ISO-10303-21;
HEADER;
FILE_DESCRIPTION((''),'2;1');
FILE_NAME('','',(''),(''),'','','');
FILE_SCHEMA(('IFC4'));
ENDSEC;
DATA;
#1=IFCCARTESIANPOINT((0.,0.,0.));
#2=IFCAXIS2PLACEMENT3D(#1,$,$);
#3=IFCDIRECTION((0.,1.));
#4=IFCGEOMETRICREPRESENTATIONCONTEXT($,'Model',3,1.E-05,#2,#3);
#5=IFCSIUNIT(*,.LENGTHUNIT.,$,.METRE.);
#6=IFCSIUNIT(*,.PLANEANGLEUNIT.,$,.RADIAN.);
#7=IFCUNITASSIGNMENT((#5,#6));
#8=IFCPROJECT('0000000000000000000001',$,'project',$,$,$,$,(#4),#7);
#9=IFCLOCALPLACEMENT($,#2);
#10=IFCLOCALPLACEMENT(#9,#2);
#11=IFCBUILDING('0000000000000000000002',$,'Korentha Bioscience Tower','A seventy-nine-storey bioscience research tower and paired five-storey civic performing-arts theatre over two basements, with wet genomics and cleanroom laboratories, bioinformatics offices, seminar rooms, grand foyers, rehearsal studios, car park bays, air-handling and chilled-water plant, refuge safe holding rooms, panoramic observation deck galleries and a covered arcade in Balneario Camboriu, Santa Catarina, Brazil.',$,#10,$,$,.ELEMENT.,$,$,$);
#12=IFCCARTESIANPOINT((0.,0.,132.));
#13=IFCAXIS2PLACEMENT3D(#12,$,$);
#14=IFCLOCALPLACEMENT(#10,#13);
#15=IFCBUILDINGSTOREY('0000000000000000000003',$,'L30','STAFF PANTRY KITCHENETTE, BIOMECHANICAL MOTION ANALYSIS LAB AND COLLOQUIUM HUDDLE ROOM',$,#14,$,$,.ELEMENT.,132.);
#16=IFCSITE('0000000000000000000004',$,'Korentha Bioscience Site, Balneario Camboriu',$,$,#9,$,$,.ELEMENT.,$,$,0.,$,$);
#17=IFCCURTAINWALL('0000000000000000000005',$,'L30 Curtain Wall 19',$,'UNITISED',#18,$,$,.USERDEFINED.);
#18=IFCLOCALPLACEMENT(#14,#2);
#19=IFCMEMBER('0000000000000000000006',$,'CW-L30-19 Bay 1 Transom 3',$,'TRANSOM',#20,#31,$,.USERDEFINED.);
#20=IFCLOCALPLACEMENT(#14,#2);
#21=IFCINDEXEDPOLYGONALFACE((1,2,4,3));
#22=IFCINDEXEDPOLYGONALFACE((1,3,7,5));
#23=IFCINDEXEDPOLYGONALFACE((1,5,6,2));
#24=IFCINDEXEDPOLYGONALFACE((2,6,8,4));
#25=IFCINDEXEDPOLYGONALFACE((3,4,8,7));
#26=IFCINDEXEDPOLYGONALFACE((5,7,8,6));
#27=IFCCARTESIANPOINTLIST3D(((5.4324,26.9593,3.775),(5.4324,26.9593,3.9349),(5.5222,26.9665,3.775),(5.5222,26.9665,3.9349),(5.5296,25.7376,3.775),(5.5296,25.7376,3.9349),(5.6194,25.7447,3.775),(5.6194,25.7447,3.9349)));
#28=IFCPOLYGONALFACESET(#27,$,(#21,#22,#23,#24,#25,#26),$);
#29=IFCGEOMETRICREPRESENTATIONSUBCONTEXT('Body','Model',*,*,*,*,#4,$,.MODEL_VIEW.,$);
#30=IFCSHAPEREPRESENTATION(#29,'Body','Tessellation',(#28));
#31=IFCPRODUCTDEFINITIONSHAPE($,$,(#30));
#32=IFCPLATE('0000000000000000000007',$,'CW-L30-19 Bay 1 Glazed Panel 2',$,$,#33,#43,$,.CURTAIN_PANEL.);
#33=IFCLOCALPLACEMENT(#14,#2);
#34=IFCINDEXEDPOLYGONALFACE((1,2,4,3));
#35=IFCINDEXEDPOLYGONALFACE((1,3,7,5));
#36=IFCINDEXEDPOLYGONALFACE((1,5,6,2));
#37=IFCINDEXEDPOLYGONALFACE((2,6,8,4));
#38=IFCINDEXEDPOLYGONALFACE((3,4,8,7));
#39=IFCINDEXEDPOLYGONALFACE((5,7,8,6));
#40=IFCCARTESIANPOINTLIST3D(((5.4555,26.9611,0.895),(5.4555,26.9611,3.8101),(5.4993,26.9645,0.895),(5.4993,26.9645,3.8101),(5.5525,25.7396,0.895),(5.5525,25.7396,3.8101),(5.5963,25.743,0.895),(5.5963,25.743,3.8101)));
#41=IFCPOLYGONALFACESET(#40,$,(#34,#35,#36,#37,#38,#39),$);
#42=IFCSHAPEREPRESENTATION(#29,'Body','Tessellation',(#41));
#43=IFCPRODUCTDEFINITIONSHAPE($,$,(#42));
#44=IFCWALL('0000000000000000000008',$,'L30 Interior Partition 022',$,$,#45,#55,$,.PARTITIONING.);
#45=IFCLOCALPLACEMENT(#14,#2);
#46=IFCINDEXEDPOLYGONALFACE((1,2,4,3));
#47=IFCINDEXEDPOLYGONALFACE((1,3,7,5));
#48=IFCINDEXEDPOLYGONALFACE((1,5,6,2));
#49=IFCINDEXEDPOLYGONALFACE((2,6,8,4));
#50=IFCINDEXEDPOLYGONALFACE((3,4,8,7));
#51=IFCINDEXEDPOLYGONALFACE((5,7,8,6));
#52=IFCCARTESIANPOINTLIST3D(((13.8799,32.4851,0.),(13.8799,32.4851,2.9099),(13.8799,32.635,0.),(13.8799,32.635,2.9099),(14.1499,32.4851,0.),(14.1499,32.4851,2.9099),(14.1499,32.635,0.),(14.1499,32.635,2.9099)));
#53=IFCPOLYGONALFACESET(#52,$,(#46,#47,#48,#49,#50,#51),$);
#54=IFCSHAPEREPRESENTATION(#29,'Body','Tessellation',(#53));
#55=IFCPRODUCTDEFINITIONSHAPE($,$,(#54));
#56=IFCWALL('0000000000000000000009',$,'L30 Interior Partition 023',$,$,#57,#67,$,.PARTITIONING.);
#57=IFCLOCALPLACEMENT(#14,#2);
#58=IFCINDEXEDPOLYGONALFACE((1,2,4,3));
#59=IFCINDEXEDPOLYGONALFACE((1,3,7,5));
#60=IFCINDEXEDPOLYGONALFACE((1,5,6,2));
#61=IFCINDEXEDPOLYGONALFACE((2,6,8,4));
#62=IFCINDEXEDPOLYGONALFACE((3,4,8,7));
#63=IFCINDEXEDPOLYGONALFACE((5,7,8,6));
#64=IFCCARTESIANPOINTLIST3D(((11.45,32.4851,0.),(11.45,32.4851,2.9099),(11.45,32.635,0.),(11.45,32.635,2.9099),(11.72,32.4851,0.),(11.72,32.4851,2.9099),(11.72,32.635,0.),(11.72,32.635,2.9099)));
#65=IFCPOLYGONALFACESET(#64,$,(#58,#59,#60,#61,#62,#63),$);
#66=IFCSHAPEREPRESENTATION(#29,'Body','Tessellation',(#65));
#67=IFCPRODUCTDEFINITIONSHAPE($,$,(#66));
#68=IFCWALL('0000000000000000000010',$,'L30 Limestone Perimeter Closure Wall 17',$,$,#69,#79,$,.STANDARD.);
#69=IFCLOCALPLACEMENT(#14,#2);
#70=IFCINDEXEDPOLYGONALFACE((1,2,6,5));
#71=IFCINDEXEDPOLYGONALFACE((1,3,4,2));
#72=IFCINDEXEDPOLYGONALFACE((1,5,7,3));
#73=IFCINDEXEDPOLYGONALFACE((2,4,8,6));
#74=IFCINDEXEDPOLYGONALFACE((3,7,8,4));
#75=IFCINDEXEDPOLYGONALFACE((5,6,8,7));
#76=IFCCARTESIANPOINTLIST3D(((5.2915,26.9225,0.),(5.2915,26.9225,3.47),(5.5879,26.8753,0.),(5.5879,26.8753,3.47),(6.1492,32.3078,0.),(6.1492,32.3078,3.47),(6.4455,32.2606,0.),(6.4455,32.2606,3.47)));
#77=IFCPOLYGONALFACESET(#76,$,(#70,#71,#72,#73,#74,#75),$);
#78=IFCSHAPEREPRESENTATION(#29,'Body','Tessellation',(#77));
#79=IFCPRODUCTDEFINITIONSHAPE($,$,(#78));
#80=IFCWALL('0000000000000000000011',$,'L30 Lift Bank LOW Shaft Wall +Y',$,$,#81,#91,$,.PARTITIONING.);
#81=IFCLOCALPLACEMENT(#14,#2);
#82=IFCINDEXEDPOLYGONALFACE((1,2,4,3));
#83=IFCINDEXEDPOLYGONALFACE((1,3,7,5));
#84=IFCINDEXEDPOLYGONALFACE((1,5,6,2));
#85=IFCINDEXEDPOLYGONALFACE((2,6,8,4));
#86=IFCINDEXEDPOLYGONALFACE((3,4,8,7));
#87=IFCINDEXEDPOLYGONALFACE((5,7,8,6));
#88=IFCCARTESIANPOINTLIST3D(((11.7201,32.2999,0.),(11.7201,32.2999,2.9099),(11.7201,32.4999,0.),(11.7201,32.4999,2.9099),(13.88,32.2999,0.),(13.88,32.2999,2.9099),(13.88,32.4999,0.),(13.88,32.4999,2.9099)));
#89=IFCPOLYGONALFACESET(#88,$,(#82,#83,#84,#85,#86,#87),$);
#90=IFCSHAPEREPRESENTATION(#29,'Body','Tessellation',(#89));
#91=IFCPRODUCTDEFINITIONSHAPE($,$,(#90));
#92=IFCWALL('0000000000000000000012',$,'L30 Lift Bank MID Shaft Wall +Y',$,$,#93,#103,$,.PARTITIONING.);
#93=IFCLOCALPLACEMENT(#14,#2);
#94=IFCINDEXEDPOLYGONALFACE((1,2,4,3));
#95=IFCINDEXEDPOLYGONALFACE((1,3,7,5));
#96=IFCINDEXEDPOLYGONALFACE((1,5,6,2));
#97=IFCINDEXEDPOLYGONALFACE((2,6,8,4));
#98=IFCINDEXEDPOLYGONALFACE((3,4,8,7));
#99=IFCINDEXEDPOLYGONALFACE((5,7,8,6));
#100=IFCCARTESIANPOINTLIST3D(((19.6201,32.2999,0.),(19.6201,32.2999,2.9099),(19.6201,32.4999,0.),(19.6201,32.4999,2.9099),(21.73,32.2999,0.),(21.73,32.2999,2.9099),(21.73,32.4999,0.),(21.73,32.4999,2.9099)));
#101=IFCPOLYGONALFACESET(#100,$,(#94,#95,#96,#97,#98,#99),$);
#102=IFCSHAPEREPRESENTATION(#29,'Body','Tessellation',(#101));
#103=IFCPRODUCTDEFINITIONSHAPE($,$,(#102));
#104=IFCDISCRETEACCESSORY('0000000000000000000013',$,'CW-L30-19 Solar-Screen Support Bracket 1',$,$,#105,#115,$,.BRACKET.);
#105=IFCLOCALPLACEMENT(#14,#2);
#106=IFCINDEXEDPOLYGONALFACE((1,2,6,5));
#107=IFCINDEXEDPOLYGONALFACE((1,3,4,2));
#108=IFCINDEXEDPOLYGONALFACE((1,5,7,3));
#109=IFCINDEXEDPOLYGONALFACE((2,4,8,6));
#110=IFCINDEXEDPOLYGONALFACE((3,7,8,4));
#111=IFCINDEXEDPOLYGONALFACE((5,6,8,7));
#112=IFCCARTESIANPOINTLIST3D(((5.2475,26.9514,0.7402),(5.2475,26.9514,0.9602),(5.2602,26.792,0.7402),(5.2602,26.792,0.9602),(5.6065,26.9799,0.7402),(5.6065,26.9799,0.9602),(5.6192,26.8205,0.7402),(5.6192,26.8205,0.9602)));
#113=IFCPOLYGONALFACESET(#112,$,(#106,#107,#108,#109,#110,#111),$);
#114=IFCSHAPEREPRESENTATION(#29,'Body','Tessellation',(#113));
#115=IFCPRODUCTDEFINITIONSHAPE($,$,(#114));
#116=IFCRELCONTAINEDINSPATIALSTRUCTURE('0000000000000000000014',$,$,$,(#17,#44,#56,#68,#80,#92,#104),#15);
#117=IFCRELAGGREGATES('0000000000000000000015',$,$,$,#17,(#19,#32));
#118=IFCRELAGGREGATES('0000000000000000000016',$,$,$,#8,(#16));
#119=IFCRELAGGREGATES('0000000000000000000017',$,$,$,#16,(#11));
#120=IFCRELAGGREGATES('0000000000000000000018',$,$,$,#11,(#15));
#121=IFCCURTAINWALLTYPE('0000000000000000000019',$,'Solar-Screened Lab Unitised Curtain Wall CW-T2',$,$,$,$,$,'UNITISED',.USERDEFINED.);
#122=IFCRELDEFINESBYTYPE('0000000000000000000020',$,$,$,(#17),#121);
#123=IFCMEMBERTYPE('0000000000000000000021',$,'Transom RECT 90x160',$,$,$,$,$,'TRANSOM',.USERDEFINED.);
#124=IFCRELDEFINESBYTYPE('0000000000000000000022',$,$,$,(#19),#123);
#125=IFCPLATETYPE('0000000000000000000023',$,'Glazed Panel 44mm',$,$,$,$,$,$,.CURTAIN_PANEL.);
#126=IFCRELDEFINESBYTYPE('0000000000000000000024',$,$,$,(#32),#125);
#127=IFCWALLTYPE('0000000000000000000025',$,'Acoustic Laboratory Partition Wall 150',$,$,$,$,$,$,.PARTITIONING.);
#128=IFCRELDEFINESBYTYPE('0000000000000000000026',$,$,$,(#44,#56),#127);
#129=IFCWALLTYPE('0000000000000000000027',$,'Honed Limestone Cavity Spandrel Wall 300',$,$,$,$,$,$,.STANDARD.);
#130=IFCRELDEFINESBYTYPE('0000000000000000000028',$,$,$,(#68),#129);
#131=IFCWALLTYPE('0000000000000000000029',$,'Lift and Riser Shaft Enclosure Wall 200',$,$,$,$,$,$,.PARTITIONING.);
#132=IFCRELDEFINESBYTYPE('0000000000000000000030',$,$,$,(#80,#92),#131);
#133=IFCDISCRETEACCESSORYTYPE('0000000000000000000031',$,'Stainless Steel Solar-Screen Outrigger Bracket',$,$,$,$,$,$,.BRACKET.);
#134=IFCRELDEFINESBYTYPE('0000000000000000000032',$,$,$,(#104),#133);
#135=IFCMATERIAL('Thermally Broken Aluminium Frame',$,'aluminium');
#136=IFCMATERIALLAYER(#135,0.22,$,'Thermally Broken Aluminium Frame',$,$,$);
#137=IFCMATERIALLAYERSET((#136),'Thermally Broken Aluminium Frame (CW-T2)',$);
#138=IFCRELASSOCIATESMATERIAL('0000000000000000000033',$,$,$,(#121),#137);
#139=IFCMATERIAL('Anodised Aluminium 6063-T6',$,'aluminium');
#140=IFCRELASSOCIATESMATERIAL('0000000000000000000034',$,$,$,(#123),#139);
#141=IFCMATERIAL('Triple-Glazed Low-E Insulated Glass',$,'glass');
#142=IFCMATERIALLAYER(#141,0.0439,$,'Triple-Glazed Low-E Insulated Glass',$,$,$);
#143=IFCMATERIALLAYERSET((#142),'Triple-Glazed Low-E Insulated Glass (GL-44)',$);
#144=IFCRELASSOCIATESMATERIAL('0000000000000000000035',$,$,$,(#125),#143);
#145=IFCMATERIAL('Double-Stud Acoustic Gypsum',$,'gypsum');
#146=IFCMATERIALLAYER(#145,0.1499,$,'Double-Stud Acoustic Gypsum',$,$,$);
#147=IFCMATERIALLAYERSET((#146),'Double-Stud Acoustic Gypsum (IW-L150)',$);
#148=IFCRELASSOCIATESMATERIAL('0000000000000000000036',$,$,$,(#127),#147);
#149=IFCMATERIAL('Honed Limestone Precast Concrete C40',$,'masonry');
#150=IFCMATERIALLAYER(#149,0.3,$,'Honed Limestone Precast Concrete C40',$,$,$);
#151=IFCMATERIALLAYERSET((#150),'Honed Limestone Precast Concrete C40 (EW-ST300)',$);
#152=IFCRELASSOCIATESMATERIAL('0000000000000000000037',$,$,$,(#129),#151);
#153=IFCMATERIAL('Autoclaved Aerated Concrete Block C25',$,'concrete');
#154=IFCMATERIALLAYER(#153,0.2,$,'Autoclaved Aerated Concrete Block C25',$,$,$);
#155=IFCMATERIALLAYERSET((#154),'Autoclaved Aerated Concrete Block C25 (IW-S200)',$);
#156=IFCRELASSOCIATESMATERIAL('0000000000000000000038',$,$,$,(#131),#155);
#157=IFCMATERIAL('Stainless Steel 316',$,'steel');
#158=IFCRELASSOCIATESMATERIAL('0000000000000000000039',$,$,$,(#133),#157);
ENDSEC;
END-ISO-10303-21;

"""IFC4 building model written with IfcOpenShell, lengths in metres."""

from ifc_helpers import new_model, si_unit, direction, frame, frame_2d, origin, origin_2d, place, context, subcontext, project, spatial, rectangle, extrude, material, layer, layer_set, material_profile, profile_set, type_object, element, aggregate, save


model = new_model("IFC4")

# Units and contexts
model_context = context("Model", 3, precision=1e-05, world=origin(), true_north=direction((0.0, 1.0)))
body_context = subcontext(model_context, "Body", "Model", "MODEL_VIEW")
ifc_project = project(units=[si_unit("LENGTHUNIT", "METRE"), si_unit("PLANEANGLEUNIT", "RADIAN")], contexts=[model_context])

# Site, building, storey
site_placement = place(None, origin())
site = spatial("IfcSite", under=ifc_project, at=site_placement, Name="Korentha Bioscience Site, Balneario Camboriu", CompositionType="ELEMENT", RefElevation=0.0)
building_placement = place(site_placement, origin())
building = spatial("IfcBuilding", under=site, at=building_placement, Name="Korentha Bioscience Tower", Description="A seventy-nine-storey bioscience research tower and paired five-storey civic performing-arts theatre over two basements, with wet genomics and cleanroom laboratories, bioinformatics offices, seminar rooms, grand foyers, rehearsal studios, car park bays, air-handling and chilled-water plant, refuge safe holding rooms, panoramic observation deck galleries and a covered arcade in Balneario Camboriu, Santa Catarina, Brazil.", CompositionType="ELEMENT")
storey_placement = place(building_placement, frame((0.0, 0.0, 132.0)))
storey = spatial("IfcBuildingStorey", under=building, at=storey_placement, Name="L30", Description="STAFF PANTRY KITCHENETTE, BIOMECHANICAL MOTION ANALYSIS LAB AND COLLOQUIUM HUDDLE ROOM", CompositionType="ELEMENT", Elevation=132.0)

# Curtain wall
ifc_material_1 = material(Name="Thermally Broken Aluminium Frame", Category="aluminium")
ifc_layer_1 = layer(ifc_material_1, 0.22, Name="Thermally Broken Aluminium Frame")
ifc_layer_set_1 = layer_set([ifc_layer_1], Name="Thermally Broken Aluminium Frame (CW-T2)")
curtain_wall_type = type_object("IfcCurtainWallType", Name="Solar-Screened Lab Unitised Curtain Wall CW-T2", ElementType="UNITISED", PredefinedType="USERDEFINED", material=ifc_layer_set_1)
curtain_wall_placement = place(storey_placement, origin())
curtain_wall = element("IfcCurtainWall", 1, at=curtain_wall_placement, inside=storey, type_object=curtain_wall_type, Name="L30 Curtain Wall 19", ObjectType="UNITISED", PredefinedType="USERDEFINED")
ifc_material_2 = material(Name="Anodised Aluminium 6063-T6", Category="aluminium")

# Member
ifc_material_profile_1 = material_profile(ifc_material_2, rectangle(XDim=0.0901, YDim=0.1599, at=origin_2d()), Name="Anodised Aluminium 6063-T6")
ifc_profile_set_1 = profile_set([ifc_material_profile_1], Name="Anodised Aluminium 6063-T6 (CW-TRN)")
member_type_1 = type_object("IfcMemberType", Name="Transom RECT 90x160", ElementType="TRANSOM", PredefinedType="USERDEFINED", material=ifc_profile_set_1)
member_1_placement = place(storey_placement, frame((5.4773, 26.9629, 3.855), z_axis=(0.079286, -0.996852, 0.0), x_axis=(0.996852, 0.079286, 0.0)))
member_1 = element("IfcMember", 2, at=member_1_placement, type_object=member_type_1, Name="CW-L30-19 Bay 1 Transom 3", ObjectType="TRANSOM", PredefinedType="USERDEFINED", context=body_context, shape_type="SweptSolid", body=[
    extrude(rectangle(XDim=0.0901, YDim=0.1599, at=origin_2d()), origin(), (0.0, 0.0, 1.0), 1.2256),
])

# Plate
ifc_material_3 = material(Name="Triple-Glazed Low-E Insulated Glass", Category="glass")
ifc_layer_2 = layer(ifc_material_3, 0.0439, Name="Triple-Glazed Low-E Insulated Glass")
ifc_layer_set_2 = layer_set([ifc_layer_2], Name="Triple-Glazed Low-E Insulated Glass (GL-44)")
plate_type = type_object("IfcPlateType", Name="Glazed Panel 44mm", PredefinedType="CURTAIN_PANEL", material=ifc_layer_set_2)
plate_placement = place(storey_placement, frame((5.5259, 26.3521, 0.895), z_axis=(0.0, 0.0, 1.0), x_axis=(0.07913, -0.996864, 0.0)))
plate = element("IfcPlate", 3, at=plate_placement, type_object=plate_type, Name="CW-L30-19 Bay 1 Glazed Panel 2", PredefinedType="CURTAIN_PANEL", context=body_context, shape_type="SweptSolid", body=[
    extrude(rectangle(XDim=1.2253, YDim=0.0439, at=origin_2d()), origin(), (0.0, 0.0, 1.0), 2.915),
])
aggregate(curtain_wall, [member_1, plate])

# Walls
ifc_material_4 = material(Name="Double-Stud Acoustic Gypsum", Category="gypsum")
ifc_layer_3 = layer(ifc_material_4, 0.1499, Name="Double-Stud Acoustic Gypsum")
ifc_layer_set_3 = layer_set([ifc_layer_3], Name="Double-Stud Acoustic Gypsum (IW-L150)")
wall_type_1 = type_object("IfcWallType", Name="Acoustic Laboratory Partition Wall 150", PredefinedType="PARTITIONING", material=ifc_layer_set_3)
for number, where, z_axis, x_axis, name in (
    (4, (14.1499, 32.5601, 0.0), (0.0, 0.0, 1.0), (-1.0, 0.0, 0.0), "L30 Interior Partition 022"),
    (5, (11.72, 32.5601, 0.0), (0.0, 0.0, 1.0), (-1.0, 0.0, 0.0), "L30 Interior Partition 023"),
):
    element("IfcWall", number, at=place(storey_placement, frame(where, z_axis=z_axis, x_axis=x_axis)), inside=storey, type_object=wall_type_1, Name=name, PredefinedType="PARTITIONING", context=body_context, shape_type="SweptSolid", body=[
        extrude(rectangle(XDim=0.27, YDim=0.1499, at=frame_2d((0.135, 0.0))), origin(), (0.0, 0.0, 1.0), 2.9099),
    ])
ifc_material_5 = material(Name="Honed Limestone Precast Concrete C40", Category="masonry")
ifc_layer_4 = layer(ifc_material_5, 0.3, Name="Honed Limestone Precast Concrete C40")
ifc_layer_set_4 = layer_set([ifc_layer_4], Name="Honed Limestone Precast Concrete C40 (EW-ST300)")
wall_type_2 = type_object("IfcWallType", Name="Honed Limestone Cavity Spandrel Wall 300", PredefinedType="STANDARD", material=ifc_layer_set_4)
wall_1_placement = place(storey_placement, frame((6.2974, 32.2842, 0.0), z_axis=(0.0, 0.0, 1.0), x_axis=(-0.15728, -0.987554, 0.0)))
element("IfcWall", 6, at=wall_1_placement, inside=storey, type_object=wall_type_2, Name="L30 Limestone Perimeter Closure Wall 17", PredefinedType="STANDARD", context=body_context, shape_type="SweptSolid", body=[
    extrude(rectangle(XDim=5.4531, YDim=0.3, at=frame_2d((2.7266, 0.0))), origin(), (0.0, 0.0, 1.0), 3.47),
])
ifc_material_6 = material(Name="Autoclaved Aerated Concrete Block C25", Category="concrete")
ifc_layer_5 = layer(ifc_material_6, 0.2, Name="Autoclaved Aerated Concrete Block C25")
ifc_layer_set_5 = layer_set([ifc_layer_5], Name="Autoclaved Aerated Concrete Block C25 (IW-S200)")
wall_type_3 = type_object("IfcWallType", Name="Lift and Riser Shaft Enclosure Wall 200", PredefinedType="PARTITIONING", material=ifc_layer_set_5)
wall_2_placement = place(storey_placement, frame((11.72, 32.3999, 0.0), z_axis=(0.0, 0.0, 1.0), x_axis=(1.0, 0.0, 0.0)))
element("IfcWall", 7, at=wall_2_placement, inside=storey, type_object=wall_type_3, Name="L30 Lift Bank LOW Shaft Wall +Y", PredefinedType="PARTITIONING", context=body_context, shape_type="SweptSolid", body=[
    extrude(rectangle(XDim=2.1599, YDim=0.2, at=frame_2d((1.0801, 0.0))), origin(), (0.0, 0.0, 1.0), 2.9099),
])
wall_3_placement = place(storey_placement, frame((19.6201, 32.3999, 0.0), z_axis=(0.0, 0.0, 1.0), x_axis=(1.0, 0.0, 0.0)))
element("IfcWall", 8, at=wall_3_placement, inside=storey, type_object=wall_type_3, Name="L30 Lift Bank MID Shaft Wall +Y", PredefinedType="PARTITIONING", context=body_context, shape_type="SweptSolid", body=[
    extrude(rectangle(XDim=2.1099, YDim=0.2, at=frame_2d((1.0549, 0.0))), origin(), (0.0, 0.0, 1.0), 2.9099),
])

# Discrete accessory
ifc_material_7 = material(Name="Stainless Steel 316", Category="steel")
discrete_accessory_type = type_object("IfcDiscreteAccessoryType", Name="Stainless Steel Solar-Screen Outrigger Bracket", PredefinedType="BRACKET", material=ifc_material_7)
discrete_accessory_placement = place(storey_placement, frame((5.4333, 26.886, 0.7402), z_axis=(0.0, 0.0, 1.0), x_axis=(0.07913, -0.996864, 0.0)))
element("IfcDiscreteAccessory", 9, at=discrete_accessory_placement, inside=storey, type_object=discrete_accessory_type, Name="CW-L30-19 Solar-Screen Support Bracket 1", PredefinedType="BRACKET", context=body_context, shape_type="SweptSolid", body=[
    extrude(rectangle(XDim=0.1599, YDim=0.3601, at=origin_2d()), origin(), (0.0, 0.0, 1.0), 0.22),
])

save(model, "model.ifc")
